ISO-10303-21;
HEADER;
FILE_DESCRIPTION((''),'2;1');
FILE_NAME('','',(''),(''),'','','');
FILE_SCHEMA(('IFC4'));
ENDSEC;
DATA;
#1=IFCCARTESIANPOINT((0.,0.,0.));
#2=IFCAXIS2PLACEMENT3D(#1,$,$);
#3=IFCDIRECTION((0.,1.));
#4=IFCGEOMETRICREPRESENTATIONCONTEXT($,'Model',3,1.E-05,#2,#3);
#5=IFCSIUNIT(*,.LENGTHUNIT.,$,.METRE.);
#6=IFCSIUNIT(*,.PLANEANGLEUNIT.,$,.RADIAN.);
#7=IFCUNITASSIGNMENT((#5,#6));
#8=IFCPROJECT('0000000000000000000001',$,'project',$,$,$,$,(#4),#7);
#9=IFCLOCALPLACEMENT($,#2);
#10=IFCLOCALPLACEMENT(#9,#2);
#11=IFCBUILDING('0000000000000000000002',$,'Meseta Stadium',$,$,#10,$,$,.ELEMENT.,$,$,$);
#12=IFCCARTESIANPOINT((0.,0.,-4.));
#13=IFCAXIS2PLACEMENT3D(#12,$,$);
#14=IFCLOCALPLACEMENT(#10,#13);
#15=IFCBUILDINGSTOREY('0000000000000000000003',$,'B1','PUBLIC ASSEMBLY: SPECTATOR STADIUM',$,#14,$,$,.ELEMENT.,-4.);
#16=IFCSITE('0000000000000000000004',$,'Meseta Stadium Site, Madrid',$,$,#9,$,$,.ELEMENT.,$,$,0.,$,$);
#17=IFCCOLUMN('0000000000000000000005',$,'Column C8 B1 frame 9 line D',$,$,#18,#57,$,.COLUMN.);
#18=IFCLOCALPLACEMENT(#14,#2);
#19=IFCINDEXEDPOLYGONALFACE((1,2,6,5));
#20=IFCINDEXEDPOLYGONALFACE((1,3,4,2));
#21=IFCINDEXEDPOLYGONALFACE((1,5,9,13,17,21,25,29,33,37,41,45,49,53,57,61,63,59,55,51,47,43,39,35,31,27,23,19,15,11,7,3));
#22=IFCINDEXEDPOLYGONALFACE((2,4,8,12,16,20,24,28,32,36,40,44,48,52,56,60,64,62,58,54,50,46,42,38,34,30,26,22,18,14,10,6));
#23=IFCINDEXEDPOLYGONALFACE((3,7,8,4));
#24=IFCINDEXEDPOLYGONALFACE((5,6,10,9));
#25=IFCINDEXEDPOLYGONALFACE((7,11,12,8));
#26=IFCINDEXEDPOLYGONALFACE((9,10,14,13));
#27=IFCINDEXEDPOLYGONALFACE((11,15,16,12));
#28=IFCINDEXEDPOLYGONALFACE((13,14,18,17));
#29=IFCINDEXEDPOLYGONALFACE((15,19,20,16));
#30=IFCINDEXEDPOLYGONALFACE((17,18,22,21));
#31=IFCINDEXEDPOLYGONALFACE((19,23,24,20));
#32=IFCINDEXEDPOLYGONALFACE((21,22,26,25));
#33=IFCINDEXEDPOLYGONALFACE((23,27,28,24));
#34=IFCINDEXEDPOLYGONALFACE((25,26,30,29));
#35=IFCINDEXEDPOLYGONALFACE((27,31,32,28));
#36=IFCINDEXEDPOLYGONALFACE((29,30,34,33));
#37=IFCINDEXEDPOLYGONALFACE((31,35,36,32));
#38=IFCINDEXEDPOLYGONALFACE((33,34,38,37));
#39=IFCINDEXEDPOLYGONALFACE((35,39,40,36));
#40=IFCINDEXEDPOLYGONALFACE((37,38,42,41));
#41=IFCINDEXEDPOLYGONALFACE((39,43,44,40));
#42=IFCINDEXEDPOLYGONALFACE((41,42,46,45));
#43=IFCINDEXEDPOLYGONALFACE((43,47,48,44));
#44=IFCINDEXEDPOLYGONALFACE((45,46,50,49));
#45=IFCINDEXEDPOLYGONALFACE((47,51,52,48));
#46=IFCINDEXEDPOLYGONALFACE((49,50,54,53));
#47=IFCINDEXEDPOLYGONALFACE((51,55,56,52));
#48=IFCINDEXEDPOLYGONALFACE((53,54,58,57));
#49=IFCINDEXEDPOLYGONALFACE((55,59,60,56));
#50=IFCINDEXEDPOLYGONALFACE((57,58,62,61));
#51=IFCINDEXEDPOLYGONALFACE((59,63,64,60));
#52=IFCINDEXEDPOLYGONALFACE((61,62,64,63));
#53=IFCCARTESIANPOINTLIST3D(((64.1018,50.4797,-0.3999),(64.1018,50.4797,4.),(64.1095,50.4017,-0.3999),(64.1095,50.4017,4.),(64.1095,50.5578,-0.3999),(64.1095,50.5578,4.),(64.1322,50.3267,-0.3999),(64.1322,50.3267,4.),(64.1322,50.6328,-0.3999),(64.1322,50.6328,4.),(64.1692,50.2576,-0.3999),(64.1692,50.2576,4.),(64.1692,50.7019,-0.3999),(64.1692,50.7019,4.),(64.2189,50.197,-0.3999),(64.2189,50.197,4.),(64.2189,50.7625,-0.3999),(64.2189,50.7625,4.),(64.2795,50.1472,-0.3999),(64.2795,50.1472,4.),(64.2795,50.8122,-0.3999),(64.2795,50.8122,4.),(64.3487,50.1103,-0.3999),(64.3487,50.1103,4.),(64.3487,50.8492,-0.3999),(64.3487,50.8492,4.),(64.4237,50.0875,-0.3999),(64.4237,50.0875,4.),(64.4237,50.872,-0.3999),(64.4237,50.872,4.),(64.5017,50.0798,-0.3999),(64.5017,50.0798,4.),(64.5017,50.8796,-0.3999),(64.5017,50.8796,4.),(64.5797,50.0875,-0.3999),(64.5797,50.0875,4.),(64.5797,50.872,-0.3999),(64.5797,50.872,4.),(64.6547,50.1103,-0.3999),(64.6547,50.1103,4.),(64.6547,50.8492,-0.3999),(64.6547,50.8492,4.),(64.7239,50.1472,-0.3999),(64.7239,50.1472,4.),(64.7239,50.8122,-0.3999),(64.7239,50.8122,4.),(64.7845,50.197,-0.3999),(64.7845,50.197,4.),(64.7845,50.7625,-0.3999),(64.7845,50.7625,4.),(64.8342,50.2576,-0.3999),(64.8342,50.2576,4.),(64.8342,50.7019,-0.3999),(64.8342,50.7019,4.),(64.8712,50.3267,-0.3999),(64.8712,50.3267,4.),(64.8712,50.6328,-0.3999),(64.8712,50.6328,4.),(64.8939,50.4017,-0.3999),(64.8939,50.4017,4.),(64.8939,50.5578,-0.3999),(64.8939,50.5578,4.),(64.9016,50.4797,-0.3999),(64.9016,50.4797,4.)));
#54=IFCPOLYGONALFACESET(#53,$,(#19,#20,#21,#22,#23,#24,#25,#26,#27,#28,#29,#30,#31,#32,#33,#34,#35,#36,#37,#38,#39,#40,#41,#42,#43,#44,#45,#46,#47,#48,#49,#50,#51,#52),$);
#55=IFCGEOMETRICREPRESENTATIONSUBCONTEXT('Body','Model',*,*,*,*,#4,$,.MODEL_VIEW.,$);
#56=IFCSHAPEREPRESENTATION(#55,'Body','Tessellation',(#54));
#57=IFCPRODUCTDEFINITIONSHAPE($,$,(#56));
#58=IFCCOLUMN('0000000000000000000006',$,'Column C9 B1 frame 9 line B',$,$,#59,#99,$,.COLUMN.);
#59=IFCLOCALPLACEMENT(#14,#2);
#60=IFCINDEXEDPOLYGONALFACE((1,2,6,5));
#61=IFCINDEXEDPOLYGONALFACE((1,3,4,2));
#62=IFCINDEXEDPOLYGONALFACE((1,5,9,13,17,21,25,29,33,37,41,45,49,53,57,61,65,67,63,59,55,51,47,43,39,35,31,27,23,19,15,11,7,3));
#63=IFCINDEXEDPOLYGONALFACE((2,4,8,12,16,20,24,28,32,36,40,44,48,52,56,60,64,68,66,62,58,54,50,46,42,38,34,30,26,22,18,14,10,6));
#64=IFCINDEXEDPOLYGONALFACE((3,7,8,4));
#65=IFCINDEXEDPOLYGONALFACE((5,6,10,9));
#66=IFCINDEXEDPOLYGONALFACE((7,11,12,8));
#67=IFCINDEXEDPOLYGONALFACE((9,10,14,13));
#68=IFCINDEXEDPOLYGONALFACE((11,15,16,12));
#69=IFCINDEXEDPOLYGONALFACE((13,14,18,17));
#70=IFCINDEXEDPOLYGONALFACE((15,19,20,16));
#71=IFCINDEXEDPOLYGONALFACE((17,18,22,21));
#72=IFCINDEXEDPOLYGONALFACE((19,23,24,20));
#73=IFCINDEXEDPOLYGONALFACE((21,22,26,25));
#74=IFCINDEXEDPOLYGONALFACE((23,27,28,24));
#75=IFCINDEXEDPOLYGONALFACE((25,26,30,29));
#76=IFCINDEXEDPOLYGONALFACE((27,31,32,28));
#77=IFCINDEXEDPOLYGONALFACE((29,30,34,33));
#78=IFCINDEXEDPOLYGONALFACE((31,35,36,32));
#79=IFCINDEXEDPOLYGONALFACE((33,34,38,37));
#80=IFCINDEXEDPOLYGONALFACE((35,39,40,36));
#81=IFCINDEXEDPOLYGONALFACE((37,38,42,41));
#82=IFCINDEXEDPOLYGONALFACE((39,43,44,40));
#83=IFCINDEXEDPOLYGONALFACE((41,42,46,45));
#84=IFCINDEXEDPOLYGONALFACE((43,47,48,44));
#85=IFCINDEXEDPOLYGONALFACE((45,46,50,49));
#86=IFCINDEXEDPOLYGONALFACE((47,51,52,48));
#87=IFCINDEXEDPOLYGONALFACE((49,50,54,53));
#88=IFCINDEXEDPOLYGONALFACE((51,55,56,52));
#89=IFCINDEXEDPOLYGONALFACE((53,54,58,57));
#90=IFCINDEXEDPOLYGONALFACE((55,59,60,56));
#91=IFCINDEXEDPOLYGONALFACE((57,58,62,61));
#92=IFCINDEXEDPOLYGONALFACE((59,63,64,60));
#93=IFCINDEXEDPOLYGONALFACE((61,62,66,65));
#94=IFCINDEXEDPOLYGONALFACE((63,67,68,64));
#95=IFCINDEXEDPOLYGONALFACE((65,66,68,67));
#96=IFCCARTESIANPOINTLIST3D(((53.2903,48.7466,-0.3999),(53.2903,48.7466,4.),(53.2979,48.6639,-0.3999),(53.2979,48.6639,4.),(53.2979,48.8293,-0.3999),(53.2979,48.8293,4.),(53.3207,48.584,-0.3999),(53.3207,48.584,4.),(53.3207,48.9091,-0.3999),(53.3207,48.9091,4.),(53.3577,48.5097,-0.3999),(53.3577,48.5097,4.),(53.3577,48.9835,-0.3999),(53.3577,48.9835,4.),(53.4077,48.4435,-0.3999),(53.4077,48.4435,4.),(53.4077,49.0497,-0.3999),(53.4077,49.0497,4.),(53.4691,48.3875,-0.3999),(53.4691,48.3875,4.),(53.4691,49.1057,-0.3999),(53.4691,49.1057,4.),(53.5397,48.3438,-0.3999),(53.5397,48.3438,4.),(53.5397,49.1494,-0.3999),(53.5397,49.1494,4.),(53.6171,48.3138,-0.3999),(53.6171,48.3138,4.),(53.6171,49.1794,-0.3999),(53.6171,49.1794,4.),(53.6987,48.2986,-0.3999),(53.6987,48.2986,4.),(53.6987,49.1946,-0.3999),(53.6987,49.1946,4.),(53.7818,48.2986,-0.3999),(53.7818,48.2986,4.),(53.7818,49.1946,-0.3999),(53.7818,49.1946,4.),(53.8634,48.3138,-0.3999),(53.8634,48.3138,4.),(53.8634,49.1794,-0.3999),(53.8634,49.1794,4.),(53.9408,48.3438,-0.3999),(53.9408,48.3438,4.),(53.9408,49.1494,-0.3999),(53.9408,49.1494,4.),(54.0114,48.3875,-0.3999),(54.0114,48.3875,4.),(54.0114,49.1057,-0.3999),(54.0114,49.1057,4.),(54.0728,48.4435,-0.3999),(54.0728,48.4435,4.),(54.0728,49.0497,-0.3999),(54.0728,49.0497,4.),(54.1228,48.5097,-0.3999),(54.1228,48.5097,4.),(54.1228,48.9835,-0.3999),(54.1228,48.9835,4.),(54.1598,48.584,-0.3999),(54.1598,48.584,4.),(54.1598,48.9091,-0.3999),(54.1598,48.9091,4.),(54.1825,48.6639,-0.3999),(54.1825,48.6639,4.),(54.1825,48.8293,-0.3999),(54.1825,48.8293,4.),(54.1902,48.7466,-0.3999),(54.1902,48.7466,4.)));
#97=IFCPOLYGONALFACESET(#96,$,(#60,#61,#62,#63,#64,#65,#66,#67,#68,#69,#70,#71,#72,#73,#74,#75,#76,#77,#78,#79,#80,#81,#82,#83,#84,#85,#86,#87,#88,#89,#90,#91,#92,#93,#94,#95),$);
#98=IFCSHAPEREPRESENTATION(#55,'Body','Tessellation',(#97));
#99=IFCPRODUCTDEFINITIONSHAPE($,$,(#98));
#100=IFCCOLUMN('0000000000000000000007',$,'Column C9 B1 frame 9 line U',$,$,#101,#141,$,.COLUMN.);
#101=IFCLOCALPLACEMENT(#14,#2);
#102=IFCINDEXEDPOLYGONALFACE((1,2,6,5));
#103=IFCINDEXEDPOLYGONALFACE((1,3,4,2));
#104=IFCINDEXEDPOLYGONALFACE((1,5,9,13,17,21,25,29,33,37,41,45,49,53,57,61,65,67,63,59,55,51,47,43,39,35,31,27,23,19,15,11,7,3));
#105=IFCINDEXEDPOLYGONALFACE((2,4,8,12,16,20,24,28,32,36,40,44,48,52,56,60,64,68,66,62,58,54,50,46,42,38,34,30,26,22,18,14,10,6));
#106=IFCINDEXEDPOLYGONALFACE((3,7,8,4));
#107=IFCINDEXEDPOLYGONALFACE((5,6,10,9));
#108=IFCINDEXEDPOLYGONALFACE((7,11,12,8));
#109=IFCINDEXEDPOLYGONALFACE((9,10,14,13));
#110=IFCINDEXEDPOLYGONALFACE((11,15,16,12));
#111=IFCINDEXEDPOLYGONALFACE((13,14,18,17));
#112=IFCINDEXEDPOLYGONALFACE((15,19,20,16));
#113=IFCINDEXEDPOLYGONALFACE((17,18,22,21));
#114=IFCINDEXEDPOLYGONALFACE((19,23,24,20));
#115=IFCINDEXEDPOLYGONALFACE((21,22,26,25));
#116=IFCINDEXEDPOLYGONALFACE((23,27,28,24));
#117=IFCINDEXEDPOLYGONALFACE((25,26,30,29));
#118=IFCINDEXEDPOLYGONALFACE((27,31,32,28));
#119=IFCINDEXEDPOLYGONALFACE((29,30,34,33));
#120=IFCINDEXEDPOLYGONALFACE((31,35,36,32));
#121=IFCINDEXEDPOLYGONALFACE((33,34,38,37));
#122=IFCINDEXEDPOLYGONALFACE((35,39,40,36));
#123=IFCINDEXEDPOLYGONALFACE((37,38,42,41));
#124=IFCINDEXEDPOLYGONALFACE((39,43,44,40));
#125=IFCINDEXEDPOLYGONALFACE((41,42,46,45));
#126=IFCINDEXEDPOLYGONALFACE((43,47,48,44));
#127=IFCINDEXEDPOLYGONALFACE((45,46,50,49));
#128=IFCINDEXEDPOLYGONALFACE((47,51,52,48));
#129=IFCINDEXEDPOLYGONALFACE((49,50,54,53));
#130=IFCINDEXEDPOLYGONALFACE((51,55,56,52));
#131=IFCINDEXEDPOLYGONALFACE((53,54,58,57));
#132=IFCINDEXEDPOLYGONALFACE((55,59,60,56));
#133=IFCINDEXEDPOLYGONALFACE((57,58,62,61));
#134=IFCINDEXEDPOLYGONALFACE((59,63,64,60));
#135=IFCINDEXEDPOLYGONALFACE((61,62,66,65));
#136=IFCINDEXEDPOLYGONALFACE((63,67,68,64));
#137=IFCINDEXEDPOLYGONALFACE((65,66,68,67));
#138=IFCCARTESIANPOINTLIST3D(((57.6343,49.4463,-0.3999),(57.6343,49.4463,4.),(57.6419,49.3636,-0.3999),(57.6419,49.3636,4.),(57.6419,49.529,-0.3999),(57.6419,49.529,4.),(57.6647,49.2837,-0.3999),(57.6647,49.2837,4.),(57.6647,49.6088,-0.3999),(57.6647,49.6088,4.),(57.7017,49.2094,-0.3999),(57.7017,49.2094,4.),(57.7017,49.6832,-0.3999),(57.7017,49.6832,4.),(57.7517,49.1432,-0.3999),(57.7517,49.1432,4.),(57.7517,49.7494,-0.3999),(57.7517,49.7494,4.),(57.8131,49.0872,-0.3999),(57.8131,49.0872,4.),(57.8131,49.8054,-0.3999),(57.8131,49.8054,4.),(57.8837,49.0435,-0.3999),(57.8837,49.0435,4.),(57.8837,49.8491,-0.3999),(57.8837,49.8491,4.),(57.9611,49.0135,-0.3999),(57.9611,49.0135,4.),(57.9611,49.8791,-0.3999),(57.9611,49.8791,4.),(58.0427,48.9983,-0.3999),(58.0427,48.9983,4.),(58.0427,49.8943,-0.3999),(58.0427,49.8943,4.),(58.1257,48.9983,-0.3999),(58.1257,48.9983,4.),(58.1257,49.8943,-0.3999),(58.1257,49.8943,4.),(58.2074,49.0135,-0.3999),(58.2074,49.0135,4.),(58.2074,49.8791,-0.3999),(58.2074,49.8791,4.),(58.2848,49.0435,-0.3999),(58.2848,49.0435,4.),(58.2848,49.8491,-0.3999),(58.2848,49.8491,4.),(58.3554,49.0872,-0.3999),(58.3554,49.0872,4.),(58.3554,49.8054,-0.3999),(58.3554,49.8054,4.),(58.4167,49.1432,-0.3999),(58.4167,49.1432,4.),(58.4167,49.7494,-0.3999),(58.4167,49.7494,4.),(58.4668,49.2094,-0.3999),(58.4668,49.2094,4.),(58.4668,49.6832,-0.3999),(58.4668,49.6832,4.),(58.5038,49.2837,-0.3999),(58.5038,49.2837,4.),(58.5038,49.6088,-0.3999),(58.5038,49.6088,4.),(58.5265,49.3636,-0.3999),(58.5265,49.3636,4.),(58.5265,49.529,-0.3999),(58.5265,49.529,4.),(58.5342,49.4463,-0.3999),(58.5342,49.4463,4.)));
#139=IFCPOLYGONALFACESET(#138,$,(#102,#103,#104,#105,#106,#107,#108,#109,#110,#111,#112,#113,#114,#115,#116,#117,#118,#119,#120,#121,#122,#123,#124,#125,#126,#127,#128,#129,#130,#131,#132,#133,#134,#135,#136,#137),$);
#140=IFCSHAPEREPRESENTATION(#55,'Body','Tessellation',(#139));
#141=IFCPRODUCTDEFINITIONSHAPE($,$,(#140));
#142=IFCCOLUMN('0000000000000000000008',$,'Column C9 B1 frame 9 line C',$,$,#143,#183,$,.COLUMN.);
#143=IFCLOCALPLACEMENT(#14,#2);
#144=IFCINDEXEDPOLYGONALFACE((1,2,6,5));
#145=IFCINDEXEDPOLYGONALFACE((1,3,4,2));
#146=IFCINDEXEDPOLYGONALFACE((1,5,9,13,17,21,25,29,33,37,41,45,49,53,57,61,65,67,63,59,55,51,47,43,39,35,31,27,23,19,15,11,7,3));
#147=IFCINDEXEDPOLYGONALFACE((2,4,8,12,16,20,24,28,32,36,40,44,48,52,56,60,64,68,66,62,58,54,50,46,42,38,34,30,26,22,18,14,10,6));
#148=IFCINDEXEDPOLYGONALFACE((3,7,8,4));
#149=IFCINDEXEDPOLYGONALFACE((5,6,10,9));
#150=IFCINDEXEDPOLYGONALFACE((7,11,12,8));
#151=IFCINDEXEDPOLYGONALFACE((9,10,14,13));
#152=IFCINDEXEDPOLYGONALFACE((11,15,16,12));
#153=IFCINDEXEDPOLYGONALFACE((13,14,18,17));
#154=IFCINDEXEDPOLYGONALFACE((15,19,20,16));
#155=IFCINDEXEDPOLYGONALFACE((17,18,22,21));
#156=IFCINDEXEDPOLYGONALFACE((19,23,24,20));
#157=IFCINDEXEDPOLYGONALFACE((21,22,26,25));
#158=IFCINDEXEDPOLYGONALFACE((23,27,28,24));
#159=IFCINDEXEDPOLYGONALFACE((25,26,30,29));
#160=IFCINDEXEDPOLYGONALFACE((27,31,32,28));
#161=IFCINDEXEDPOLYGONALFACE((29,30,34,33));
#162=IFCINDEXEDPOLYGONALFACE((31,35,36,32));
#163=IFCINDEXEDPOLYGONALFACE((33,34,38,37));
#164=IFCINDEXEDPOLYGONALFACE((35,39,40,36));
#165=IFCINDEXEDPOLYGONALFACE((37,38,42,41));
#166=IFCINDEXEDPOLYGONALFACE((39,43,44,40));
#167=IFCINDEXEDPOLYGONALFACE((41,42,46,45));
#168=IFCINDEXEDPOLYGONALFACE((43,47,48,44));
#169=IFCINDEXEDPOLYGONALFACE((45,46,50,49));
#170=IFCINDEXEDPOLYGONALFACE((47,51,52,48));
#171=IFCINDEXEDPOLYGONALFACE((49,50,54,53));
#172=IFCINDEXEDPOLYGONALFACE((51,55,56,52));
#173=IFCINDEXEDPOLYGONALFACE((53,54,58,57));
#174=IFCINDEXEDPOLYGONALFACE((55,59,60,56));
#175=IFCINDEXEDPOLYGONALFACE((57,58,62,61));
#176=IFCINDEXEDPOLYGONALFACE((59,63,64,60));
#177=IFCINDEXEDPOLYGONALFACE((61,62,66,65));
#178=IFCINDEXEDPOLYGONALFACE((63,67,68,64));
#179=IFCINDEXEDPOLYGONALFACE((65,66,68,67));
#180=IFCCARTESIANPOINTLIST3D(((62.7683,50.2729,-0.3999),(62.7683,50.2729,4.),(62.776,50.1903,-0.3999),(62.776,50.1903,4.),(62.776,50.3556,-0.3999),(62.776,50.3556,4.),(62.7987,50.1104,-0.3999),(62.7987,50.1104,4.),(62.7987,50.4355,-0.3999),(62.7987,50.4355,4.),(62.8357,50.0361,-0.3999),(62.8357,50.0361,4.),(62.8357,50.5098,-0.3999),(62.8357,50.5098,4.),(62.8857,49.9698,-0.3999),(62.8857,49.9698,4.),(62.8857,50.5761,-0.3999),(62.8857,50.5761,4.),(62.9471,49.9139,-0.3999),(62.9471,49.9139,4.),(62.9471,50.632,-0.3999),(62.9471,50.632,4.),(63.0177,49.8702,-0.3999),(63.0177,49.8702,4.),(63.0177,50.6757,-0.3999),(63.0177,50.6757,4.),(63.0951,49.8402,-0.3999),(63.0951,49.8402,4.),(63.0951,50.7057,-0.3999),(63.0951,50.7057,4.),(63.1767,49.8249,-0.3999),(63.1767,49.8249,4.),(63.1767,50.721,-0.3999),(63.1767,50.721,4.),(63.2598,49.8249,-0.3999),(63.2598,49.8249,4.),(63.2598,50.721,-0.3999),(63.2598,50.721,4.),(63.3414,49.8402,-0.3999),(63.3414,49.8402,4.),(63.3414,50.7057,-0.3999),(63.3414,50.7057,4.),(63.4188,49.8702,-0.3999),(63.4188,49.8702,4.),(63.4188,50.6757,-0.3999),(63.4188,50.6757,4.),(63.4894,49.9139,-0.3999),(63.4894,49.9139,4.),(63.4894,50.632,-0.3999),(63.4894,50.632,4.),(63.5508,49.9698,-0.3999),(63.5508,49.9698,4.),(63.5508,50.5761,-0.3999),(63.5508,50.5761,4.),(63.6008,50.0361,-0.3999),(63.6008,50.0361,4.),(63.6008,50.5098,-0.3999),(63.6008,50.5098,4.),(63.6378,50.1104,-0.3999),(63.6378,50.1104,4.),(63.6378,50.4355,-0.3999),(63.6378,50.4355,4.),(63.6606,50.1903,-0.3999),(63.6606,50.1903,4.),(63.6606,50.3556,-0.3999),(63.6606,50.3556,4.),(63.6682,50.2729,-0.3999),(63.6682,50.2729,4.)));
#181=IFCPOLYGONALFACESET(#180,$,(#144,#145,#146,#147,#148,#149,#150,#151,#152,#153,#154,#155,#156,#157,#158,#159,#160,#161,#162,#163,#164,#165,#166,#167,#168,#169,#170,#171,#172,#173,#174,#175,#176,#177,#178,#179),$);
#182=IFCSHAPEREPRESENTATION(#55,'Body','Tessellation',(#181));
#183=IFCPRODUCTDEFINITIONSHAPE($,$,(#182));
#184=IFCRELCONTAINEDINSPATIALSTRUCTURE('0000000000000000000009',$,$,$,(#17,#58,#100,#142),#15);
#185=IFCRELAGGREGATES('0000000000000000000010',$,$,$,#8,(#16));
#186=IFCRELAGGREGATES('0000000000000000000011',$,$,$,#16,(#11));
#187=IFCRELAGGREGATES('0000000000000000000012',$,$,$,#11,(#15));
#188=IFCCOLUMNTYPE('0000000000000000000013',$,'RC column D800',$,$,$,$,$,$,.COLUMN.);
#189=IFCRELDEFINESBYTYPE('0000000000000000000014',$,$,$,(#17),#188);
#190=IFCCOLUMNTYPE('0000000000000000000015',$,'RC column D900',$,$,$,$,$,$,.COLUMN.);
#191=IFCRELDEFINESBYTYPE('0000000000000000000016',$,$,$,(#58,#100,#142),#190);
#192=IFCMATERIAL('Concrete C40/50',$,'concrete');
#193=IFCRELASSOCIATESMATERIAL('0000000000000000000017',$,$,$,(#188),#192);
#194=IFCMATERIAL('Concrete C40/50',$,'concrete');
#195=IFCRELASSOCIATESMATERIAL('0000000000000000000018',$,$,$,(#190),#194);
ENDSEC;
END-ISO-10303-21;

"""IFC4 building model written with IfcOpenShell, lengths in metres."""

from ifc_helpers import new_model, si_unit, direction, frame, origin, origin_2d, place, context, subcontext, project, spatial, circle, extrude, material, material_profile, profile_set, type_object, element, save


model = new_model("IFC4")

# Units and contexts
model_context = context("Model", 3, precision=1e-05, world=origin(), true_north=direction((0.0, 1.0)))
body_context = subcontext(model_context, "Body", "Model", "MODEL_VIEW")
ifc_project = project(units=[si_unit("LENGTHUNIT", "METRE"), si_unit("PLANEANGLEUNIT", "RADIAN")], contexts=[model_context])

# Site, building, storey
site_placement = place(None, origin())
site = spatial("IfcSite", under=ifc_project, at=site_placement, Name="Meseta Stadium Site, Madrid", CompositionType="ELEMENT", RefElevation=0.0)
building_placement = place(site_placement, origin())
building = spatial("IfcBuilding", under=site, at=building_placement, Name="Meseta Stadium", CompositionType="ELEMENT")
storey_placement = place(building_placement, frame((0.0, 0.0, -4.0)))
storey = spatial("IfcBuildingStorey", under=building, at=storey_placement, Name="B1", Description="PUBLIC ASSEMBLY: SPECTATOR STADIUM", CompositionType="ELEMENT", Elevation=-4.0)

# Columns
ifc_material_1 = material(Name="Concrete C40/50", Category="concrete")
ifc_material_profile_1 = material_profile(ifc_material_1, circle(Radius=0.3999, at=origin_2d()), Name="RC D800")
ifc_profile_set_1 = profile_set([ifc_material_profile_1], Name="Concrete C40/50")
column_type_1 = type_object("IfcColumnType", Name="RC column D800", PredefinedType="COLUMN", material=ifc_profile_set_1)
column_placement = place(storey_placement, frame((64.5017, 50.4797, -0.3999), z_axis=(0.0, 0.0, 1.0), x_axis=(1.0, 0.0, 0.0)))
element("IfcColumn", 1, at=column_placement, inside=storey, type_object=column_type_1, Name="Column C8 B1 frame 9 line D", PredefinedType="COLUMN", context=body_context, shape_type="SweptSolid", body=[
    extrude(circle(Radius=0.3999, at=origin_2d()), origin(), (0.0, 0.0, 1.0), 4.3999),
])
ifc_material_2 = material(Name="Concrete C40/50", Category="concrete")
ifc_material_profile_2 = material_profile(ifc_material_2, circle(Radius=0.45, at=origin_2d()), Name="RC D900")
ifc_profile_set_2 = profile_set([ifc_material_profile_2], Name="Concrete C40/50")
column_type_2 = type_object("IfcColumnType", Name="RC column D900", PredefinedType="COLUMN", material=ifc_profile_set_2)
for number, where, z_axis, x_axis, name in (
    (2, (53.7402, 48.7466, -0.3999), (0.0, 0.0, 1.0), (1.0, 0.0, 0.0), "Column C9 B1 frame 9 line B"),
    (3, (58.0842, 49.4463, -0.3999), (0.0, 0.0, 1.0), (1.0, 0.0, 0.0), "Column C9 B1 frame 9 line U"),
    (4, (63.2183, 50.2729, -0.3999), (0.0, 0.0, 1.0), (1.0, 0.0, 0.0), "Column C9 B1 frame 9 line C"),
):
    element("IfcColumn", number, at=place(storey_placement, frame(where, z_axis=z_axis, x_axis=x_axis)), inside=storey, type_object=column_type_2, Name=name, PredefinedType="COLUMN", context=body_context, shape_type="SweptSolid", body=[
        extrude(circle(Radius=0.45, at=origin_2d()), origin(), (0.0, 0.0, 1.0), 4.3999),
    ])

save(model, "model.ifc")
